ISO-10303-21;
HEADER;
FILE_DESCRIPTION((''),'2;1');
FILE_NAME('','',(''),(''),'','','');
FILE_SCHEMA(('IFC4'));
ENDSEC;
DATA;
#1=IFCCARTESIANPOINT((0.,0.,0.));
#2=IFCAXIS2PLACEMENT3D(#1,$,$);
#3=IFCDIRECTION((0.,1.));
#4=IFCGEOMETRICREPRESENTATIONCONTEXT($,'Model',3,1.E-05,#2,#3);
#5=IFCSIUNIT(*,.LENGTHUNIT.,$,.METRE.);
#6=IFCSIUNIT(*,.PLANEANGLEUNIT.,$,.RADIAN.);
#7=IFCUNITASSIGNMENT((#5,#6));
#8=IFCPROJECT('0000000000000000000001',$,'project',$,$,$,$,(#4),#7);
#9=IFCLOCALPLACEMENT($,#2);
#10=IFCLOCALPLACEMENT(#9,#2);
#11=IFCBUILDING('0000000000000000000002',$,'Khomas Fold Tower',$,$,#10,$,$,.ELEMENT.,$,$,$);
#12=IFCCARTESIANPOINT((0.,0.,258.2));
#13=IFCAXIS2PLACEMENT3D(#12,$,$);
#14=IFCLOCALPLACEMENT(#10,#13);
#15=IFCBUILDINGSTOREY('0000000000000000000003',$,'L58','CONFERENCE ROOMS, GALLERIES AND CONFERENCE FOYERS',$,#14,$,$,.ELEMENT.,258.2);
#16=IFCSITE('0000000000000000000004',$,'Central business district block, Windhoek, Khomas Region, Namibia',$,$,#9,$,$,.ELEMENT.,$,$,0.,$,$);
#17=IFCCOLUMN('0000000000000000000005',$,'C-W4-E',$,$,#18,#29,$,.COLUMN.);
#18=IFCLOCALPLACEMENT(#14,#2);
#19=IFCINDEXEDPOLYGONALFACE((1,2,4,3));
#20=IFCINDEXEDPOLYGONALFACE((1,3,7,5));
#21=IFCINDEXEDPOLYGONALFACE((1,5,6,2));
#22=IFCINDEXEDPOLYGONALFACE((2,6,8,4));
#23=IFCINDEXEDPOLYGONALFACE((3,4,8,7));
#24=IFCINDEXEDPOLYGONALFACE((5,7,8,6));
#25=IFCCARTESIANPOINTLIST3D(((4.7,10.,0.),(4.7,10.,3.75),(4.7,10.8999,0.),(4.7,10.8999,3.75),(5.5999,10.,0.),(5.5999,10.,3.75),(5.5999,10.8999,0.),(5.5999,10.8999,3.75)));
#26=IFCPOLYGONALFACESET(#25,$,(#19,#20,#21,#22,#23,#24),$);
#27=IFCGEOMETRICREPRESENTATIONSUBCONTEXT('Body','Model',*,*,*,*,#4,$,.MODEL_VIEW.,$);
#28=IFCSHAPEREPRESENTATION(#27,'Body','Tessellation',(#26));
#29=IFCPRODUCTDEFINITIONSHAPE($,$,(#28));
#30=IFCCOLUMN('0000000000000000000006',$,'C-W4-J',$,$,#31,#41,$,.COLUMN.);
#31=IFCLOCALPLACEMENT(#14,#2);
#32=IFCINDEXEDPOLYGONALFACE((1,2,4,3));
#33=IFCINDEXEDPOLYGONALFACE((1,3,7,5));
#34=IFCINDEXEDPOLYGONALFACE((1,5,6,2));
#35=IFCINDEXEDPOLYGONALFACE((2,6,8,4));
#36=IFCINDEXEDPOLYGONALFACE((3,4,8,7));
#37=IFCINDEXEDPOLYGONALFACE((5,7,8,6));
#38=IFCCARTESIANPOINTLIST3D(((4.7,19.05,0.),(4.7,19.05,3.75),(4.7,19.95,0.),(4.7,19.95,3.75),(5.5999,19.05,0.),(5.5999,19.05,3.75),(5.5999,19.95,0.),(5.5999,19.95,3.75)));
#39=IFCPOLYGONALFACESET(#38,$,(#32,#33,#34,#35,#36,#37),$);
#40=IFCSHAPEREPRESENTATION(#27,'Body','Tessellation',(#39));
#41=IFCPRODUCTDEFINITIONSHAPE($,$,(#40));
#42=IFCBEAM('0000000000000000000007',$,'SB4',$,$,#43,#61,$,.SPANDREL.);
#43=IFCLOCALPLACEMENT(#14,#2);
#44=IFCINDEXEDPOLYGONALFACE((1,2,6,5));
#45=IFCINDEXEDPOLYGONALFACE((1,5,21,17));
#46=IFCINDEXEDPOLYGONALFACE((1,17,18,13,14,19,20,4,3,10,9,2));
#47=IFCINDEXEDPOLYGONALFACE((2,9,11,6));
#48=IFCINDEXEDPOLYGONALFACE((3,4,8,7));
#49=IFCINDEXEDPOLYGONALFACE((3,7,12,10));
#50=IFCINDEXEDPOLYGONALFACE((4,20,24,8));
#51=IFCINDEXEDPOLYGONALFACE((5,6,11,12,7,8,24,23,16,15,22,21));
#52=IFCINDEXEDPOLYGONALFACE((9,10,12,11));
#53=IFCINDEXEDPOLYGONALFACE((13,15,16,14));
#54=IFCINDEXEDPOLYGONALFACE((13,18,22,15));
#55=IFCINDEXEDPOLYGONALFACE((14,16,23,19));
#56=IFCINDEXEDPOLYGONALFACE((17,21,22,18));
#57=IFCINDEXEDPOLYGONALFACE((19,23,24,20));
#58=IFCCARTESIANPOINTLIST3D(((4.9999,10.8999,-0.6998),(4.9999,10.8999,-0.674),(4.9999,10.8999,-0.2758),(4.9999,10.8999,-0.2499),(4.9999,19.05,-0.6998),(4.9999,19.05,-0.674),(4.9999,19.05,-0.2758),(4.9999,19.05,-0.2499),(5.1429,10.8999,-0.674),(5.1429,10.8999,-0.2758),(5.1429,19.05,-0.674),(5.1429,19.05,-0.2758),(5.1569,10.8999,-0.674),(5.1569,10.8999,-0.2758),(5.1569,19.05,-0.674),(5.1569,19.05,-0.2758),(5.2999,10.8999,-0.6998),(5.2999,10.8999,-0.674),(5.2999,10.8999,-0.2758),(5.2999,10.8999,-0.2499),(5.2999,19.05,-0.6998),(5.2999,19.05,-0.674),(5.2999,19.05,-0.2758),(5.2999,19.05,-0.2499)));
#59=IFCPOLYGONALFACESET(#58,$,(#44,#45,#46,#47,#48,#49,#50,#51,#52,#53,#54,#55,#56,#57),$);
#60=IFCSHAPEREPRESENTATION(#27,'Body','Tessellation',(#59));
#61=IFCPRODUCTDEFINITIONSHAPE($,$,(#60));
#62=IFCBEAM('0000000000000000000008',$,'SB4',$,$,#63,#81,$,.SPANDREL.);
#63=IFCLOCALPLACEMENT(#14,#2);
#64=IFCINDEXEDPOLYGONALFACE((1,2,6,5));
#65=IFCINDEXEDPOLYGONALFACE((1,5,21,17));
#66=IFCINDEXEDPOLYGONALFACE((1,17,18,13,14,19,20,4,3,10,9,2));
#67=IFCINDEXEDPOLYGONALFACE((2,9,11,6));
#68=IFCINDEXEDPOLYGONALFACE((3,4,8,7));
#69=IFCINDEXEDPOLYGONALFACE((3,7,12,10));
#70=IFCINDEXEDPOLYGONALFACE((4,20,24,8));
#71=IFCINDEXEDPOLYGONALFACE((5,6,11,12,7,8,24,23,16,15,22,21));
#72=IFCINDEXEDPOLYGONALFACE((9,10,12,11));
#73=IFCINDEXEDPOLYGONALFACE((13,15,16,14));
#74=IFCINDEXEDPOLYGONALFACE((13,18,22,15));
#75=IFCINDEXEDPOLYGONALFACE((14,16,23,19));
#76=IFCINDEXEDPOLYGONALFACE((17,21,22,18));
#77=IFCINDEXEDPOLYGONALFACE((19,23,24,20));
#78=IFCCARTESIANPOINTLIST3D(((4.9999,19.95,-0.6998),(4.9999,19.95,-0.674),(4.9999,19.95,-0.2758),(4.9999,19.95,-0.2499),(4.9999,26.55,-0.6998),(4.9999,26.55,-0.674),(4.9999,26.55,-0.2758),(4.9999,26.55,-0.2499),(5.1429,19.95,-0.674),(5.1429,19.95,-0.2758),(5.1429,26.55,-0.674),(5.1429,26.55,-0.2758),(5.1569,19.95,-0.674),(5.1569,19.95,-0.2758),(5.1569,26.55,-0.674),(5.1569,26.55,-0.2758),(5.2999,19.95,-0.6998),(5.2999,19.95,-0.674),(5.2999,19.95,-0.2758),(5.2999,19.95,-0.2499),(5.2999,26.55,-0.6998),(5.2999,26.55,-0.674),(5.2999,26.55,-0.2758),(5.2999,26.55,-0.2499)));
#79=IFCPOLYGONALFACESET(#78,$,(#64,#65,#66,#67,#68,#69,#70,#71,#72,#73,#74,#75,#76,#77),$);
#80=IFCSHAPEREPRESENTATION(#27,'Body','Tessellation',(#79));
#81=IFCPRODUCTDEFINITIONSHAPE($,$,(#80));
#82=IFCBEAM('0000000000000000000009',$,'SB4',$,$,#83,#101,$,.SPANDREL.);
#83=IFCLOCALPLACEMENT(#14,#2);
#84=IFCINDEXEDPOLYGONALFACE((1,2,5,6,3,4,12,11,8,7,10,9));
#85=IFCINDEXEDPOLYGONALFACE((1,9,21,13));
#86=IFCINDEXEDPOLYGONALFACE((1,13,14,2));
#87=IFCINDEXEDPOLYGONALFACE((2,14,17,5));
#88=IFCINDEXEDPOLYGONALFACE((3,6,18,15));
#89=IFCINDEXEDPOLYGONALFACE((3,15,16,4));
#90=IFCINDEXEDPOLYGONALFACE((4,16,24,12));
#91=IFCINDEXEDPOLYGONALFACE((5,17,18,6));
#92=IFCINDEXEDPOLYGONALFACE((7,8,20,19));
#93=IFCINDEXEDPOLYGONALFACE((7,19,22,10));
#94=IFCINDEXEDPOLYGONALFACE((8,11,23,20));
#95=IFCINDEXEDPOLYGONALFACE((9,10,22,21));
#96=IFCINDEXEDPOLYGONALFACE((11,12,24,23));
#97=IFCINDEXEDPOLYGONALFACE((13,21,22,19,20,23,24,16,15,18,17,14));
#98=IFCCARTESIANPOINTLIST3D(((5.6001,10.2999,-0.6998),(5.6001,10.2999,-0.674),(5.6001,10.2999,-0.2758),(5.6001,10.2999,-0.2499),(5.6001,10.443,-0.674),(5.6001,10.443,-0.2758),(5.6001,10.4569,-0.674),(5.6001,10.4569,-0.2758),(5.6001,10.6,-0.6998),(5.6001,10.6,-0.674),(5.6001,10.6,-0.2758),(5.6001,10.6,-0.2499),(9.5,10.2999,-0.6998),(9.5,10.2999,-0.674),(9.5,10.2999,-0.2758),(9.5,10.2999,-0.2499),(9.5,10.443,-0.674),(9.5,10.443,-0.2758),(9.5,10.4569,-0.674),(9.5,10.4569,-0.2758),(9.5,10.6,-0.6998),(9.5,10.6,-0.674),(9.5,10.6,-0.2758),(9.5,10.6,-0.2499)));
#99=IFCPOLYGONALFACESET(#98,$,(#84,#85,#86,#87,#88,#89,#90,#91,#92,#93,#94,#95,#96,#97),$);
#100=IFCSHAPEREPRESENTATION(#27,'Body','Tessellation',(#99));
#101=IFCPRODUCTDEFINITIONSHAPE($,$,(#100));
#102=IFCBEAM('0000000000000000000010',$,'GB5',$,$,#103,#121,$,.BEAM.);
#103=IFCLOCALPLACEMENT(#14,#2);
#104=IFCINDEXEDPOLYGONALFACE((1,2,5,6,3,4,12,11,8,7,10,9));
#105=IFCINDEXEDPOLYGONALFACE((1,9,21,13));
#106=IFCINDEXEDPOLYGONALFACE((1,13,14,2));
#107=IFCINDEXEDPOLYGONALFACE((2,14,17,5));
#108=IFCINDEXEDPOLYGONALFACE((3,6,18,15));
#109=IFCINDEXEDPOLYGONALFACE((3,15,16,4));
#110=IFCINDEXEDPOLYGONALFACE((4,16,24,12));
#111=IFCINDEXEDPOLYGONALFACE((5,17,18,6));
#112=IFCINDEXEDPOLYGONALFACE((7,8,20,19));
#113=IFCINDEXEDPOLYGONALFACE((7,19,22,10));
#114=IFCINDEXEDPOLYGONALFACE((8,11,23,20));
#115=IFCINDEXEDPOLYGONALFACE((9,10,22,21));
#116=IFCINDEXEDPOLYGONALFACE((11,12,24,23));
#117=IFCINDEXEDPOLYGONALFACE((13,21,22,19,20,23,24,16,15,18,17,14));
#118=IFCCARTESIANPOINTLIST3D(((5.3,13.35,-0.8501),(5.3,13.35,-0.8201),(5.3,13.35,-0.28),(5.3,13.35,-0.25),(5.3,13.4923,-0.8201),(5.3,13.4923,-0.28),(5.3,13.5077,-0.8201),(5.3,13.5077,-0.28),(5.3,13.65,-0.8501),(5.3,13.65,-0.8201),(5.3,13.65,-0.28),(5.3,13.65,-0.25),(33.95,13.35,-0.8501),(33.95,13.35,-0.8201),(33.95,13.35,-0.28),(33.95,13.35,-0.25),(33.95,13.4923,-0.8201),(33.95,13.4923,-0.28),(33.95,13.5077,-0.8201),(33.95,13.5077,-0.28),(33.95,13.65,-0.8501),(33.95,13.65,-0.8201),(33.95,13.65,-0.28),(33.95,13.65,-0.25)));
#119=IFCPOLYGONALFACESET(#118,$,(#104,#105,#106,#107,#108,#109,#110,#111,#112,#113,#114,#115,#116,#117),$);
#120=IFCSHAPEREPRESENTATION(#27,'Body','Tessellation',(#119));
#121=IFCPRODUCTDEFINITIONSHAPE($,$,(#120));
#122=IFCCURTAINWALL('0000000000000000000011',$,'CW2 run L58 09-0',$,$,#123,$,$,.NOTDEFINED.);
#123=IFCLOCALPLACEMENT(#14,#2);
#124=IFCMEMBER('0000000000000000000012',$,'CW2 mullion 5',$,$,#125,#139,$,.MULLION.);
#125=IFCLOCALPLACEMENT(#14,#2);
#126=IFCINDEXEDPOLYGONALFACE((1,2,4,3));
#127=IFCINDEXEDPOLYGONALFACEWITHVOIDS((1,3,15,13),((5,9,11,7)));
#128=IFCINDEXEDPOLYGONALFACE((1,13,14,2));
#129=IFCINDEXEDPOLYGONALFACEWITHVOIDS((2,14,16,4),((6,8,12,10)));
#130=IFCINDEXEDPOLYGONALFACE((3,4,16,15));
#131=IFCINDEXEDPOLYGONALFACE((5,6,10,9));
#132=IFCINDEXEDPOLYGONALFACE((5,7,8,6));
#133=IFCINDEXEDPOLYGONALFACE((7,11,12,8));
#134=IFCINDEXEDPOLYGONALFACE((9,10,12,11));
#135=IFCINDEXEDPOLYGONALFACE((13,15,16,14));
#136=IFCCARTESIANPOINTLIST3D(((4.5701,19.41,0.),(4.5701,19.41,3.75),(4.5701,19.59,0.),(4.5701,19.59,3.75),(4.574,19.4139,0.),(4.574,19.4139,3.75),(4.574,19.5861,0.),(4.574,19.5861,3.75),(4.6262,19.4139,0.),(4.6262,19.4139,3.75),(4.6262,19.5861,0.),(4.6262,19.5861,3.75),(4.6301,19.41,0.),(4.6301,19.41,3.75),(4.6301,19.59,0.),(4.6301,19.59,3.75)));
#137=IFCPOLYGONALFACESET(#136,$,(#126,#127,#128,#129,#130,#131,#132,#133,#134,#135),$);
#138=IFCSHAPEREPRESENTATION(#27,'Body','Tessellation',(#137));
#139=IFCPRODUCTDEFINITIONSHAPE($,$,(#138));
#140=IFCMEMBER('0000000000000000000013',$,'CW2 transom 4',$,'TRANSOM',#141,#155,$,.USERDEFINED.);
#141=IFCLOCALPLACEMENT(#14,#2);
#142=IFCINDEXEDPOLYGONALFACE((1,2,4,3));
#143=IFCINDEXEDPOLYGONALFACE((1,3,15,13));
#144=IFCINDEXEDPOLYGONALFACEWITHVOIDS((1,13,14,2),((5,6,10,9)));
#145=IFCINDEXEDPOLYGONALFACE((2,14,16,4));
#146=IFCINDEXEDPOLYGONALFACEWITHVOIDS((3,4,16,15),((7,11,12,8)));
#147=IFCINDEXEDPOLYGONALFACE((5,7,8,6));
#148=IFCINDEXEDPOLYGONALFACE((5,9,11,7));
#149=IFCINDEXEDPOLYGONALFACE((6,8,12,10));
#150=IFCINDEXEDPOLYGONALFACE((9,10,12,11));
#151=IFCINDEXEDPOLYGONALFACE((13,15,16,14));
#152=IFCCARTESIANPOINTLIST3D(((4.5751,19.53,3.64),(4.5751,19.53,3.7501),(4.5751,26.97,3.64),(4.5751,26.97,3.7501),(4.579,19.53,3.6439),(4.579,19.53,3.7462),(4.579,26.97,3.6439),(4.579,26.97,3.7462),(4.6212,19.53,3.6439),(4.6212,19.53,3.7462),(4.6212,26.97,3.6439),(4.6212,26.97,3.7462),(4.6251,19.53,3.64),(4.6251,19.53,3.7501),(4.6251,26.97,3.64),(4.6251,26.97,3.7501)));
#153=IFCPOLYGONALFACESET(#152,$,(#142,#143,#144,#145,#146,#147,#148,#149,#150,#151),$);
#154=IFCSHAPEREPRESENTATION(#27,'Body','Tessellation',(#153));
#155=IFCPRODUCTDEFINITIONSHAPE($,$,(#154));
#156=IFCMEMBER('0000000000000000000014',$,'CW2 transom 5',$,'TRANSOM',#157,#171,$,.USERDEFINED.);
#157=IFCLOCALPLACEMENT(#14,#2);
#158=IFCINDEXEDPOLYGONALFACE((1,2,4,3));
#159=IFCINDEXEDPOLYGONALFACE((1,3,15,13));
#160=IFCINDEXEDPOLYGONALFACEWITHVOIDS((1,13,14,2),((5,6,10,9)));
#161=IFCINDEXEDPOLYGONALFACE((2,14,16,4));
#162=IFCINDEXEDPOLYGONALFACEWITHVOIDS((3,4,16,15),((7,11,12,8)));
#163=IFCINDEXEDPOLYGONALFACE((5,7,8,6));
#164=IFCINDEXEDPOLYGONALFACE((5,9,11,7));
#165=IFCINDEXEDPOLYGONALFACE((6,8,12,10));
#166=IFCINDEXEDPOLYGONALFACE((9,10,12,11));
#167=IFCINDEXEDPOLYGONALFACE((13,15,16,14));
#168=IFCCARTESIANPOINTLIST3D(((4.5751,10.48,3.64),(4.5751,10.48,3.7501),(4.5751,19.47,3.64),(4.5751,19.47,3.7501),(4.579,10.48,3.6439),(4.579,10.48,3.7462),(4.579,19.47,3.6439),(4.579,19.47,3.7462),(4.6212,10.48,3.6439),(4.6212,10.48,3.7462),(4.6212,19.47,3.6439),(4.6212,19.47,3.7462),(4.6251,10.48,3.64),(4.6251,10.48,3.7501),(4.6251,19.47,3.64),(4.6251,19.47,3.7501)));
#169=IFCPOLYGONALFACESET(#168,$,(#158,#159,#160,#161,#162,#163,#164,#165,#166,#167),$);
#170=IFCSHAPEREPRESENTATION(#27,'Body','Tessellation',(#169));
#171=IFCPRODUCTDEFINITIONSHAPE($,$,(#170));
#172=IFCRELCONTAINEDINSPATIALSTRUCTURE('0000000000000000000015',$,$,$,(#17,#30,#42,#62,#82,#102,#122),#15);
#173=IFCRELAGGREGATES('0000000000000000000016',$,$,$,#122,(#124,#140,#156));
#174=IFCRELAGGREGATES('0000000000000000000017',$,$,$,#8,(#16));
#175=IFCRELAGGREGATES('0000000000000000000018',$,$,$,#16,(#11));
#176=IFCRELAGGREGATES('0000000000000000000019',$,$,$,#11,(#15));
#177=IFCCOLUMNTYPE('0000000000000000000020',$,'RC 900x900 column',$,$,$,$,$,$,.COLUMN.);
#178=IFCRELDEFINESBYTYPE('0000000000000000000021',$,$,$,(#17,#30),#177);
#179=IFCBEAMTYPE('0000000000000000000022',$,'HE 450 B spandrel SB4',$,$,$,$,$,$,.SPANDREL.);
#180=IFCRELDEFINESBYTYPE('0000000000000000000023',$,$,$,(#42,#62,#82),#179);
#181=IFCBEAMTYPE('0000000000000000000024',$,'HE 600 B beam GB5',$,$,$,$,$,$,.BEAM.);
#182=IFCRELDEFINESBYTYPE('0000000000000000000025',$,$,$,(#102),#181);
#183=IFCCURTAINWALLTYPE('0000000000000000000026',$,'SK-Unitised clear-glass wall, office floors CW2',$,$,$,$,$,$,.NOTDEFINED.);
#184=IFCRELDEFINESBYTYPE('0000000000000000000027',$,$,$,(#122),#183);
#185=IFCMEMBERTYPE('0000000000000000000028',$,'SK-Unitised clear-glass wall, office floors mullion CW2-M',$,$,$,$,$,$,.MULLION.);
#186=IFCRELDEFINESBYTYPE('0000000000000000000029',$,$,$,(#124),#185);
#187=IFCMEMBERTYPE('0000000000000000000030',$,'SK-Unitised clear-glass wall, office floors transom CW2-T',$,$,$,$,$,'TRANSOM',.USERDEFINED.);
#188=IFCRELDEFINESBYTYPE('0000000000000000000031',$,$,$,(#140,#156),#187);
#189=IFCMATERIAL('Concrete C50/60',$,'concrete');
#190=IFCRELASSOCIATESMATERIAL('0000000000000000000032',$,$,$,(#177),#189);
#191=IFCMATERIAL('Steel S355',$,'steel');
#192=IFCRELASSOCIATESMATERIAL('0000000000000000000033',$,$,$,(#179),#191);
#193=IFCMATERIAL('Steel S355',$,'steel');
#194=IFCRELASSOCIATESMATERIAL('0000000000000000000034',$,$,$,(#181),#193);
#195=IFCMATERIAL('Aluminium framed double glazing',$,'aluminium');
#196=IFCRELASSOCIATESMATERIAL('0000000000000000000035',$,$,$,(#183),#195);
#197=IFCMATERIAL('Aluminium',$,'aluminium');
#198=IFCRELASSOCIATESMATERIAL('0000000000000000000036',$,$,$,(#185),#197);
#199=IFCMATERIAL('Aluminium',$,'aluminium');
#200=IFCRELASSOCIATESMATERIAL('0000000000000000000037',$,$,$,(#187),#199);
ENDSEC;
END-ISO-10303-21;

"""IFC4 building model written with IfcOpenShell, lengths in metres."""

from ifc_helpers import new_model, si_unit, direction, frame, origin, origin_2d, place, context, subcontext, project, spatial, rectangle, hollow_rectangle, i_section, extrude, source, transform, mapped, material, material_profile, profile_set, type_object, element, aggregate, save


model = new_model("IFC4")

# Units and contexts
model_context = context("Model", 3, precision=1e-05, world=origin(), true_north=direction((0.0, 1.0)))
body_context = subcontext(model_context, "Body", "Model", "MODEL_VIEW")
ifc_project = project(units=[si_unit("LENGTHUNIT", "METRE"), si_unit("PLANEANGLEUNIT", "RADIAN")], contexts=[model_context])

# Site, building, storey
site_placement = place(None, origin())
site = spatial("IfcSite", under=ifc_project, at=site_placement, Name="Central business district block, Windhoek, Khomas Region, Namibia", CompositionType="ELEMENT", RefElevation=0.0)
building_placement = place(site_placement, origin())
building = spatial("IfcBuilding", under=site, at=building_placement, Name="Khomas Fold Tower", CompositionType="ELEMENT")
storey_placement = place(building_placement, frame((0.0, 0.0, 258.2)))
storey = spatial("IfcBuildingStorey", under=building, at=storey_placement, Name="L58", Description="CONFERENCE ROOMS, GALLERIES AND CONFERENCE FOYERS", CompositionType="ELEMENT", Elevation=258.2)

# Columns
ifc_material_1 = material(Name="Concrete C50/60", Category="concrete")
ifc_material_profile_1 = material_profile(ifc_material_1, rectangle(XDim=0.8999, YDim=0.8999, at=origin_2d()), Name="RC 900x900")
ifc_profile_set_1 = profile_set([ifc_material_profile_1], Name="Concrete C50/60")
column_type = type_object("IfcColumnType", Name="RC 900x900 column", PredefinedType="COLUMN", material=ifc_profile_set_1)
shared_shape_1 = source(origin(), body_context, "Body", "SweptSolid", [
    extrude(rectangle(XDim=0.8999, YDim=0.8999, at=origin_2d()), origin(), (0.0, 0.0, 1.0), 3.75),
])
for number, where, z_axis, x_axis, name in (
    (1, (5.1499, 10.45, 0.0), (0.0, 0.0, 1.0), (1.0, 0.0, 0.0), "C-W4-E"),
    (2, (5.1499, 19.5, 0.0), (0.0, 0.0, 1.0), (1.0, 0.0, 0.0), "C-W4-J"),
):
    element("IfcColumn", number, at=place(storey_placement, frame(where, z_axis=z_axis, x_axis=x_axis)), inside=storey, type_object=column_type, Name=name, PredefinedType="COLUMN", context=body_context, shape_type="MappedRepresentation", body=[
        mapped(shared_shape_1, transform((0.0, 0.0, 0.0))),
    ])

# Beams
ifc_material_2 = material(Name="Steel S355", Category="steel")
ifc_material_profile_2 = material_profile(ifc_material_2, i_section(OverallWidth=0.3, OverallDepth=0.45, WebThickness=0.0139, FlangeThickness=0.0259, at=origin_2d()), Name="HE 450 B")
ifc_profile_set_2 = profile_set([ifc_material_profile_2], Name="Steel S355")
beam_type_1 = type_object("IfcBeamType", Name="HE 450 B spandrel SB4", PredefinedType="SPANDREL", material=ifc_profile_set_2)
shared_shape_2 = source(origin(), body_context, "Body", "SweptSolid", [
    extrude(i_section(OverallWidth=0.3, OverallDepth=0.45, WebThickness=0.0139, FlangeThickness=0.0259, at=origin_2d()), origin(), (0.0, 0.0, 1.0), 8.1501),
])
beam_1_placement = place(storey_placement, frame((5.1499, 10.8999, -0.4749), z_axis=(0.0, 1.0, 0.0), x_axis=(-1.0, 0.0, 0.0)))
element("IfcBeam", 3, at=beam_1_placement, inside=storey, type_object=beam_type_1, Name="SB4", PredefinedType="SPANDREL", context=body_context, shape_type="MappedRepresentation", body=[
    mapped(shared_shape_2, transform((0.0, 0.0, 0.0))),
])
shared_shape_3 = source(origin(), body_context, "Body", "SweptSolid", [
    extrude(i_section(OverallWidth=0.3, OverallDepth=0.45, WebThickness=0.0139, FlangeThickness=0.0259, at=origin_2d()), origin(), (0.0, 0.0, 1.0), 6.6001),
])
beam_2_placement = place(storey_placement, frame((5.1499, 19.95, -0.4749), z_axis=(0.0, 1.0, 0.0), x_axis=(-1.0, 0.0, 0.0)))
element("IfcBeam", 4, at=beam_2_placement, inside=storey, type_object=beam_type_1, Name="SB4", PredefinedType="SPANDREL", context=body_context, shape_type="MappedRepresentation", body=[
    mapped(shared_shape_3, transform((0.0, 0.0, 0.0))),
])
shared_shape_4 = source(origin(), body_context, "Body", "SweptSolid", [
    extrude(i_section(OverallWidth=0.3, OverallDepth=0.45, WebThickness=0.0139, FlangeThickness=0.0259, at=origin_2d()), origin(), (0.0, 0.0, 1.0), 3.8999),
])
beam_3_placement = place(storey_placement, frame((5.6001, 10.45, -0.4749), z_axis=(1.0, 0.0, 0.0), x_axis=(0.0, 1.0, 0.0)))
element("IfcBeam", 5, at=beam_3_placement, inside=storey, type_object=beam_type_1, Name="SB4", PredefinedType="SPANDREL", context=body_context, shape_type="MappedRepresentation", body=[
    mapped(shared_shape_4, transform((0.0, 0.0, 0.0))),
])
ifc_material_3 = material(Name="Steel S355", Category="steel")
ifc_material_profile_3 = material_profile(ifc_material_3, i_section(OverallWidth=0.3, OverallDepth=0.6001, WebThickness=0.0154, FlangeThickness=0.03, at=origin_2d()), Name="HE 600 B")
ifc_profile_set_3 = profile_set([ifc_material_profile_3], Name="Steel S355")
beam_type_2 = type_object("IfcBeamType", Name="HE 600 B beam GB5", PredefinedType="BEAM", material=ifc_profile_set_3)
shared_shape_5 = source(origin(), body_context, "Body", "SweptSolid", [
    extrude(i_section(OverallWidth=0.3, OverallDepth=0.6001, WebThickness=0.0154, FlangeThickness=0.03, at=origin_2d()), origin(), (0.0, 0.0, 1.0), 28.6499),
])
beam_4_placement = place(storey_placement, frame((5.3, 13.5, -0.55), z_axis=(1.0, 0.0, 0.0), x_axis=(0.0, 1.0, 0.0)))
element("IfcBeam", 6, at=beam_4_placement, inside=storey, type_object=beam_type_2, Name="GB5", PredefinedType="BEAM", context=body_context, shape_type="MappedRepresentation", body=[
    mapped(shared_shape_5, transform((0.0, 0.0, 0.0))),
])

# Curtain wall, members
ifc_material_4 = material(Name="Aluminium framed double glazing", Category="aluminium")
curtain_wall_type = type_object("IfcCurtainWallType", Name="SK-Unitised clear-glass wall, office floors CW2", PredefinedType="NOTDEFINED", material=ifc_material_4)
curtain_wall_placement = place(storey_placement, origin())
curtain_wall = element("IfcCurtainWall", 7, at=curtain_wall_placement, inside=storey, type_object=curtain_wall_type, Name="CW2 run L58 09-0", PredefinedType="NOTDEFINED")
ifc_material_5 = material(Name="Aluminium", Category="aluminium")
ifc_material_profile_4 = material_profile(ifc_material_5, hollow_rectangle(XDim=0.0601, YDim=0.1799, WallThickness=0.0039, at=origin_2d()), Name="SK-Unitised clear-glass wall, office floors mullion CW2-M")
ifc_profile_set_4 = profile_set([ifc_material_profile_4], Name="Aluminium")
member_type_1 = type_object("IfcMemberType", Name="SK-Unitised clear-glass wall, office floors mullion CW2-M", PredefinedType="MULLION", material=ifc_profile_set_4)
shared_shape_6 = source(origin(), body_context, "Body", "SweptSolid", [
    extrude(hollow_rectangle(XDim=0.0601, YDim=0.1799, WallThickness=0.0039, at=origin_2d()), origin(), (0.0, 0.0, 1.0), 3.75),
])
member_1_placement = place(storey_placement, frame((4.6001, 19.5, 0.0), z_axis=(0.0, 0.0, 1.0), x_axis=(1.0, 0.0, 0.0)))
member_1 = element("IfcMember", 8, at=member_1_placement, type_object=member_type_1, Name="CW2 mullion 5", PredefinedType="MULLION", context=body_context, shape_type="MappedRepresentation", body=[
    mapped(shared_shape_6, transform((0.0, 0.0, 0.0))),
])
ifc_material_6 = material(Name="Aluminium", Category="aluminium")
ifc_material_profile_5 = material_profile(ifc_material_6, hollow_rectangle(XDim=0.05, YDim=0.1101, WallThickness=0.0039, at=origin_2d()), Name="SK-Unitised clear-glass wall, office floors transom CW2-T")
ifc_profile_set_5 = profile_set([ifc_material_profile_5], Name="Aluminium")
member_type_2 = type_object("IfcMemberType", Name="SK-Unitised clear-glass wall, office floors transom CW2-T", ElementType="TRANSOM", PredefinedType="USERDEFINED", material=ifc_profile_set_5)
shared_shape_7 = source(origin(), body_context, "Body", "SweptSolid", [
    extrude(hollow_rectangle(XDim=0.05, YDim=0.1101, WallThickness=0.0039, at=origin_2d()), origin(), (0.0, 0.0, 1.0), 7.4399),
])
member_2_placement = place(storey_placement, frame((4.6001, 26.97, 3.6951), z_axis=(0.0, -1.0, 0.0), x_axis=(1.0, 0.0, 0.0)))
member_2 = element("IfcMember", 9, at=member_2_placement, type_object=member_type_2, Name="CW2 transom 4", ObjectType="TRANSOM", PredefinedType="USERDEFINED", context=body_context, shape_type="MappedRepresentation", body=[
    mapped(shared_shape_7, transform((0.0, 0.0, 0.0))),
])
shared_shape_8 = source(origin(), body_context, "Body", "SweptSolid", [
    extrude(hollow_rectangle(XDim=0.05, YDim=0.1101, WallThickness=0.0039, at=origin_2d()), origin(), (0.0, 0.0, 1.0), 8.99),
])
member_3_placement = place(storey_placement, frame((4.6001, 19.47, 3.6951), z_axis=(0.0, -1.0, 0.0), x_axis=(1.0, 0.0, 0.0)))
member_3 = element("IfcMember", 10, at=member_3_placement, type_object=member_type_2, Name="CW2 transom 5", ObjectType="TRANSOM", PredefinedType="USERDEFINED", context=body_context, shape_type="MappedRepresentation", body=[
    mapped(shared_shape_8, transform((0.0, 0.0, 0.0))),
])

aggregate(curtain_wall, [member_1, member_2, member_3])

save(model, "model.ifc")
